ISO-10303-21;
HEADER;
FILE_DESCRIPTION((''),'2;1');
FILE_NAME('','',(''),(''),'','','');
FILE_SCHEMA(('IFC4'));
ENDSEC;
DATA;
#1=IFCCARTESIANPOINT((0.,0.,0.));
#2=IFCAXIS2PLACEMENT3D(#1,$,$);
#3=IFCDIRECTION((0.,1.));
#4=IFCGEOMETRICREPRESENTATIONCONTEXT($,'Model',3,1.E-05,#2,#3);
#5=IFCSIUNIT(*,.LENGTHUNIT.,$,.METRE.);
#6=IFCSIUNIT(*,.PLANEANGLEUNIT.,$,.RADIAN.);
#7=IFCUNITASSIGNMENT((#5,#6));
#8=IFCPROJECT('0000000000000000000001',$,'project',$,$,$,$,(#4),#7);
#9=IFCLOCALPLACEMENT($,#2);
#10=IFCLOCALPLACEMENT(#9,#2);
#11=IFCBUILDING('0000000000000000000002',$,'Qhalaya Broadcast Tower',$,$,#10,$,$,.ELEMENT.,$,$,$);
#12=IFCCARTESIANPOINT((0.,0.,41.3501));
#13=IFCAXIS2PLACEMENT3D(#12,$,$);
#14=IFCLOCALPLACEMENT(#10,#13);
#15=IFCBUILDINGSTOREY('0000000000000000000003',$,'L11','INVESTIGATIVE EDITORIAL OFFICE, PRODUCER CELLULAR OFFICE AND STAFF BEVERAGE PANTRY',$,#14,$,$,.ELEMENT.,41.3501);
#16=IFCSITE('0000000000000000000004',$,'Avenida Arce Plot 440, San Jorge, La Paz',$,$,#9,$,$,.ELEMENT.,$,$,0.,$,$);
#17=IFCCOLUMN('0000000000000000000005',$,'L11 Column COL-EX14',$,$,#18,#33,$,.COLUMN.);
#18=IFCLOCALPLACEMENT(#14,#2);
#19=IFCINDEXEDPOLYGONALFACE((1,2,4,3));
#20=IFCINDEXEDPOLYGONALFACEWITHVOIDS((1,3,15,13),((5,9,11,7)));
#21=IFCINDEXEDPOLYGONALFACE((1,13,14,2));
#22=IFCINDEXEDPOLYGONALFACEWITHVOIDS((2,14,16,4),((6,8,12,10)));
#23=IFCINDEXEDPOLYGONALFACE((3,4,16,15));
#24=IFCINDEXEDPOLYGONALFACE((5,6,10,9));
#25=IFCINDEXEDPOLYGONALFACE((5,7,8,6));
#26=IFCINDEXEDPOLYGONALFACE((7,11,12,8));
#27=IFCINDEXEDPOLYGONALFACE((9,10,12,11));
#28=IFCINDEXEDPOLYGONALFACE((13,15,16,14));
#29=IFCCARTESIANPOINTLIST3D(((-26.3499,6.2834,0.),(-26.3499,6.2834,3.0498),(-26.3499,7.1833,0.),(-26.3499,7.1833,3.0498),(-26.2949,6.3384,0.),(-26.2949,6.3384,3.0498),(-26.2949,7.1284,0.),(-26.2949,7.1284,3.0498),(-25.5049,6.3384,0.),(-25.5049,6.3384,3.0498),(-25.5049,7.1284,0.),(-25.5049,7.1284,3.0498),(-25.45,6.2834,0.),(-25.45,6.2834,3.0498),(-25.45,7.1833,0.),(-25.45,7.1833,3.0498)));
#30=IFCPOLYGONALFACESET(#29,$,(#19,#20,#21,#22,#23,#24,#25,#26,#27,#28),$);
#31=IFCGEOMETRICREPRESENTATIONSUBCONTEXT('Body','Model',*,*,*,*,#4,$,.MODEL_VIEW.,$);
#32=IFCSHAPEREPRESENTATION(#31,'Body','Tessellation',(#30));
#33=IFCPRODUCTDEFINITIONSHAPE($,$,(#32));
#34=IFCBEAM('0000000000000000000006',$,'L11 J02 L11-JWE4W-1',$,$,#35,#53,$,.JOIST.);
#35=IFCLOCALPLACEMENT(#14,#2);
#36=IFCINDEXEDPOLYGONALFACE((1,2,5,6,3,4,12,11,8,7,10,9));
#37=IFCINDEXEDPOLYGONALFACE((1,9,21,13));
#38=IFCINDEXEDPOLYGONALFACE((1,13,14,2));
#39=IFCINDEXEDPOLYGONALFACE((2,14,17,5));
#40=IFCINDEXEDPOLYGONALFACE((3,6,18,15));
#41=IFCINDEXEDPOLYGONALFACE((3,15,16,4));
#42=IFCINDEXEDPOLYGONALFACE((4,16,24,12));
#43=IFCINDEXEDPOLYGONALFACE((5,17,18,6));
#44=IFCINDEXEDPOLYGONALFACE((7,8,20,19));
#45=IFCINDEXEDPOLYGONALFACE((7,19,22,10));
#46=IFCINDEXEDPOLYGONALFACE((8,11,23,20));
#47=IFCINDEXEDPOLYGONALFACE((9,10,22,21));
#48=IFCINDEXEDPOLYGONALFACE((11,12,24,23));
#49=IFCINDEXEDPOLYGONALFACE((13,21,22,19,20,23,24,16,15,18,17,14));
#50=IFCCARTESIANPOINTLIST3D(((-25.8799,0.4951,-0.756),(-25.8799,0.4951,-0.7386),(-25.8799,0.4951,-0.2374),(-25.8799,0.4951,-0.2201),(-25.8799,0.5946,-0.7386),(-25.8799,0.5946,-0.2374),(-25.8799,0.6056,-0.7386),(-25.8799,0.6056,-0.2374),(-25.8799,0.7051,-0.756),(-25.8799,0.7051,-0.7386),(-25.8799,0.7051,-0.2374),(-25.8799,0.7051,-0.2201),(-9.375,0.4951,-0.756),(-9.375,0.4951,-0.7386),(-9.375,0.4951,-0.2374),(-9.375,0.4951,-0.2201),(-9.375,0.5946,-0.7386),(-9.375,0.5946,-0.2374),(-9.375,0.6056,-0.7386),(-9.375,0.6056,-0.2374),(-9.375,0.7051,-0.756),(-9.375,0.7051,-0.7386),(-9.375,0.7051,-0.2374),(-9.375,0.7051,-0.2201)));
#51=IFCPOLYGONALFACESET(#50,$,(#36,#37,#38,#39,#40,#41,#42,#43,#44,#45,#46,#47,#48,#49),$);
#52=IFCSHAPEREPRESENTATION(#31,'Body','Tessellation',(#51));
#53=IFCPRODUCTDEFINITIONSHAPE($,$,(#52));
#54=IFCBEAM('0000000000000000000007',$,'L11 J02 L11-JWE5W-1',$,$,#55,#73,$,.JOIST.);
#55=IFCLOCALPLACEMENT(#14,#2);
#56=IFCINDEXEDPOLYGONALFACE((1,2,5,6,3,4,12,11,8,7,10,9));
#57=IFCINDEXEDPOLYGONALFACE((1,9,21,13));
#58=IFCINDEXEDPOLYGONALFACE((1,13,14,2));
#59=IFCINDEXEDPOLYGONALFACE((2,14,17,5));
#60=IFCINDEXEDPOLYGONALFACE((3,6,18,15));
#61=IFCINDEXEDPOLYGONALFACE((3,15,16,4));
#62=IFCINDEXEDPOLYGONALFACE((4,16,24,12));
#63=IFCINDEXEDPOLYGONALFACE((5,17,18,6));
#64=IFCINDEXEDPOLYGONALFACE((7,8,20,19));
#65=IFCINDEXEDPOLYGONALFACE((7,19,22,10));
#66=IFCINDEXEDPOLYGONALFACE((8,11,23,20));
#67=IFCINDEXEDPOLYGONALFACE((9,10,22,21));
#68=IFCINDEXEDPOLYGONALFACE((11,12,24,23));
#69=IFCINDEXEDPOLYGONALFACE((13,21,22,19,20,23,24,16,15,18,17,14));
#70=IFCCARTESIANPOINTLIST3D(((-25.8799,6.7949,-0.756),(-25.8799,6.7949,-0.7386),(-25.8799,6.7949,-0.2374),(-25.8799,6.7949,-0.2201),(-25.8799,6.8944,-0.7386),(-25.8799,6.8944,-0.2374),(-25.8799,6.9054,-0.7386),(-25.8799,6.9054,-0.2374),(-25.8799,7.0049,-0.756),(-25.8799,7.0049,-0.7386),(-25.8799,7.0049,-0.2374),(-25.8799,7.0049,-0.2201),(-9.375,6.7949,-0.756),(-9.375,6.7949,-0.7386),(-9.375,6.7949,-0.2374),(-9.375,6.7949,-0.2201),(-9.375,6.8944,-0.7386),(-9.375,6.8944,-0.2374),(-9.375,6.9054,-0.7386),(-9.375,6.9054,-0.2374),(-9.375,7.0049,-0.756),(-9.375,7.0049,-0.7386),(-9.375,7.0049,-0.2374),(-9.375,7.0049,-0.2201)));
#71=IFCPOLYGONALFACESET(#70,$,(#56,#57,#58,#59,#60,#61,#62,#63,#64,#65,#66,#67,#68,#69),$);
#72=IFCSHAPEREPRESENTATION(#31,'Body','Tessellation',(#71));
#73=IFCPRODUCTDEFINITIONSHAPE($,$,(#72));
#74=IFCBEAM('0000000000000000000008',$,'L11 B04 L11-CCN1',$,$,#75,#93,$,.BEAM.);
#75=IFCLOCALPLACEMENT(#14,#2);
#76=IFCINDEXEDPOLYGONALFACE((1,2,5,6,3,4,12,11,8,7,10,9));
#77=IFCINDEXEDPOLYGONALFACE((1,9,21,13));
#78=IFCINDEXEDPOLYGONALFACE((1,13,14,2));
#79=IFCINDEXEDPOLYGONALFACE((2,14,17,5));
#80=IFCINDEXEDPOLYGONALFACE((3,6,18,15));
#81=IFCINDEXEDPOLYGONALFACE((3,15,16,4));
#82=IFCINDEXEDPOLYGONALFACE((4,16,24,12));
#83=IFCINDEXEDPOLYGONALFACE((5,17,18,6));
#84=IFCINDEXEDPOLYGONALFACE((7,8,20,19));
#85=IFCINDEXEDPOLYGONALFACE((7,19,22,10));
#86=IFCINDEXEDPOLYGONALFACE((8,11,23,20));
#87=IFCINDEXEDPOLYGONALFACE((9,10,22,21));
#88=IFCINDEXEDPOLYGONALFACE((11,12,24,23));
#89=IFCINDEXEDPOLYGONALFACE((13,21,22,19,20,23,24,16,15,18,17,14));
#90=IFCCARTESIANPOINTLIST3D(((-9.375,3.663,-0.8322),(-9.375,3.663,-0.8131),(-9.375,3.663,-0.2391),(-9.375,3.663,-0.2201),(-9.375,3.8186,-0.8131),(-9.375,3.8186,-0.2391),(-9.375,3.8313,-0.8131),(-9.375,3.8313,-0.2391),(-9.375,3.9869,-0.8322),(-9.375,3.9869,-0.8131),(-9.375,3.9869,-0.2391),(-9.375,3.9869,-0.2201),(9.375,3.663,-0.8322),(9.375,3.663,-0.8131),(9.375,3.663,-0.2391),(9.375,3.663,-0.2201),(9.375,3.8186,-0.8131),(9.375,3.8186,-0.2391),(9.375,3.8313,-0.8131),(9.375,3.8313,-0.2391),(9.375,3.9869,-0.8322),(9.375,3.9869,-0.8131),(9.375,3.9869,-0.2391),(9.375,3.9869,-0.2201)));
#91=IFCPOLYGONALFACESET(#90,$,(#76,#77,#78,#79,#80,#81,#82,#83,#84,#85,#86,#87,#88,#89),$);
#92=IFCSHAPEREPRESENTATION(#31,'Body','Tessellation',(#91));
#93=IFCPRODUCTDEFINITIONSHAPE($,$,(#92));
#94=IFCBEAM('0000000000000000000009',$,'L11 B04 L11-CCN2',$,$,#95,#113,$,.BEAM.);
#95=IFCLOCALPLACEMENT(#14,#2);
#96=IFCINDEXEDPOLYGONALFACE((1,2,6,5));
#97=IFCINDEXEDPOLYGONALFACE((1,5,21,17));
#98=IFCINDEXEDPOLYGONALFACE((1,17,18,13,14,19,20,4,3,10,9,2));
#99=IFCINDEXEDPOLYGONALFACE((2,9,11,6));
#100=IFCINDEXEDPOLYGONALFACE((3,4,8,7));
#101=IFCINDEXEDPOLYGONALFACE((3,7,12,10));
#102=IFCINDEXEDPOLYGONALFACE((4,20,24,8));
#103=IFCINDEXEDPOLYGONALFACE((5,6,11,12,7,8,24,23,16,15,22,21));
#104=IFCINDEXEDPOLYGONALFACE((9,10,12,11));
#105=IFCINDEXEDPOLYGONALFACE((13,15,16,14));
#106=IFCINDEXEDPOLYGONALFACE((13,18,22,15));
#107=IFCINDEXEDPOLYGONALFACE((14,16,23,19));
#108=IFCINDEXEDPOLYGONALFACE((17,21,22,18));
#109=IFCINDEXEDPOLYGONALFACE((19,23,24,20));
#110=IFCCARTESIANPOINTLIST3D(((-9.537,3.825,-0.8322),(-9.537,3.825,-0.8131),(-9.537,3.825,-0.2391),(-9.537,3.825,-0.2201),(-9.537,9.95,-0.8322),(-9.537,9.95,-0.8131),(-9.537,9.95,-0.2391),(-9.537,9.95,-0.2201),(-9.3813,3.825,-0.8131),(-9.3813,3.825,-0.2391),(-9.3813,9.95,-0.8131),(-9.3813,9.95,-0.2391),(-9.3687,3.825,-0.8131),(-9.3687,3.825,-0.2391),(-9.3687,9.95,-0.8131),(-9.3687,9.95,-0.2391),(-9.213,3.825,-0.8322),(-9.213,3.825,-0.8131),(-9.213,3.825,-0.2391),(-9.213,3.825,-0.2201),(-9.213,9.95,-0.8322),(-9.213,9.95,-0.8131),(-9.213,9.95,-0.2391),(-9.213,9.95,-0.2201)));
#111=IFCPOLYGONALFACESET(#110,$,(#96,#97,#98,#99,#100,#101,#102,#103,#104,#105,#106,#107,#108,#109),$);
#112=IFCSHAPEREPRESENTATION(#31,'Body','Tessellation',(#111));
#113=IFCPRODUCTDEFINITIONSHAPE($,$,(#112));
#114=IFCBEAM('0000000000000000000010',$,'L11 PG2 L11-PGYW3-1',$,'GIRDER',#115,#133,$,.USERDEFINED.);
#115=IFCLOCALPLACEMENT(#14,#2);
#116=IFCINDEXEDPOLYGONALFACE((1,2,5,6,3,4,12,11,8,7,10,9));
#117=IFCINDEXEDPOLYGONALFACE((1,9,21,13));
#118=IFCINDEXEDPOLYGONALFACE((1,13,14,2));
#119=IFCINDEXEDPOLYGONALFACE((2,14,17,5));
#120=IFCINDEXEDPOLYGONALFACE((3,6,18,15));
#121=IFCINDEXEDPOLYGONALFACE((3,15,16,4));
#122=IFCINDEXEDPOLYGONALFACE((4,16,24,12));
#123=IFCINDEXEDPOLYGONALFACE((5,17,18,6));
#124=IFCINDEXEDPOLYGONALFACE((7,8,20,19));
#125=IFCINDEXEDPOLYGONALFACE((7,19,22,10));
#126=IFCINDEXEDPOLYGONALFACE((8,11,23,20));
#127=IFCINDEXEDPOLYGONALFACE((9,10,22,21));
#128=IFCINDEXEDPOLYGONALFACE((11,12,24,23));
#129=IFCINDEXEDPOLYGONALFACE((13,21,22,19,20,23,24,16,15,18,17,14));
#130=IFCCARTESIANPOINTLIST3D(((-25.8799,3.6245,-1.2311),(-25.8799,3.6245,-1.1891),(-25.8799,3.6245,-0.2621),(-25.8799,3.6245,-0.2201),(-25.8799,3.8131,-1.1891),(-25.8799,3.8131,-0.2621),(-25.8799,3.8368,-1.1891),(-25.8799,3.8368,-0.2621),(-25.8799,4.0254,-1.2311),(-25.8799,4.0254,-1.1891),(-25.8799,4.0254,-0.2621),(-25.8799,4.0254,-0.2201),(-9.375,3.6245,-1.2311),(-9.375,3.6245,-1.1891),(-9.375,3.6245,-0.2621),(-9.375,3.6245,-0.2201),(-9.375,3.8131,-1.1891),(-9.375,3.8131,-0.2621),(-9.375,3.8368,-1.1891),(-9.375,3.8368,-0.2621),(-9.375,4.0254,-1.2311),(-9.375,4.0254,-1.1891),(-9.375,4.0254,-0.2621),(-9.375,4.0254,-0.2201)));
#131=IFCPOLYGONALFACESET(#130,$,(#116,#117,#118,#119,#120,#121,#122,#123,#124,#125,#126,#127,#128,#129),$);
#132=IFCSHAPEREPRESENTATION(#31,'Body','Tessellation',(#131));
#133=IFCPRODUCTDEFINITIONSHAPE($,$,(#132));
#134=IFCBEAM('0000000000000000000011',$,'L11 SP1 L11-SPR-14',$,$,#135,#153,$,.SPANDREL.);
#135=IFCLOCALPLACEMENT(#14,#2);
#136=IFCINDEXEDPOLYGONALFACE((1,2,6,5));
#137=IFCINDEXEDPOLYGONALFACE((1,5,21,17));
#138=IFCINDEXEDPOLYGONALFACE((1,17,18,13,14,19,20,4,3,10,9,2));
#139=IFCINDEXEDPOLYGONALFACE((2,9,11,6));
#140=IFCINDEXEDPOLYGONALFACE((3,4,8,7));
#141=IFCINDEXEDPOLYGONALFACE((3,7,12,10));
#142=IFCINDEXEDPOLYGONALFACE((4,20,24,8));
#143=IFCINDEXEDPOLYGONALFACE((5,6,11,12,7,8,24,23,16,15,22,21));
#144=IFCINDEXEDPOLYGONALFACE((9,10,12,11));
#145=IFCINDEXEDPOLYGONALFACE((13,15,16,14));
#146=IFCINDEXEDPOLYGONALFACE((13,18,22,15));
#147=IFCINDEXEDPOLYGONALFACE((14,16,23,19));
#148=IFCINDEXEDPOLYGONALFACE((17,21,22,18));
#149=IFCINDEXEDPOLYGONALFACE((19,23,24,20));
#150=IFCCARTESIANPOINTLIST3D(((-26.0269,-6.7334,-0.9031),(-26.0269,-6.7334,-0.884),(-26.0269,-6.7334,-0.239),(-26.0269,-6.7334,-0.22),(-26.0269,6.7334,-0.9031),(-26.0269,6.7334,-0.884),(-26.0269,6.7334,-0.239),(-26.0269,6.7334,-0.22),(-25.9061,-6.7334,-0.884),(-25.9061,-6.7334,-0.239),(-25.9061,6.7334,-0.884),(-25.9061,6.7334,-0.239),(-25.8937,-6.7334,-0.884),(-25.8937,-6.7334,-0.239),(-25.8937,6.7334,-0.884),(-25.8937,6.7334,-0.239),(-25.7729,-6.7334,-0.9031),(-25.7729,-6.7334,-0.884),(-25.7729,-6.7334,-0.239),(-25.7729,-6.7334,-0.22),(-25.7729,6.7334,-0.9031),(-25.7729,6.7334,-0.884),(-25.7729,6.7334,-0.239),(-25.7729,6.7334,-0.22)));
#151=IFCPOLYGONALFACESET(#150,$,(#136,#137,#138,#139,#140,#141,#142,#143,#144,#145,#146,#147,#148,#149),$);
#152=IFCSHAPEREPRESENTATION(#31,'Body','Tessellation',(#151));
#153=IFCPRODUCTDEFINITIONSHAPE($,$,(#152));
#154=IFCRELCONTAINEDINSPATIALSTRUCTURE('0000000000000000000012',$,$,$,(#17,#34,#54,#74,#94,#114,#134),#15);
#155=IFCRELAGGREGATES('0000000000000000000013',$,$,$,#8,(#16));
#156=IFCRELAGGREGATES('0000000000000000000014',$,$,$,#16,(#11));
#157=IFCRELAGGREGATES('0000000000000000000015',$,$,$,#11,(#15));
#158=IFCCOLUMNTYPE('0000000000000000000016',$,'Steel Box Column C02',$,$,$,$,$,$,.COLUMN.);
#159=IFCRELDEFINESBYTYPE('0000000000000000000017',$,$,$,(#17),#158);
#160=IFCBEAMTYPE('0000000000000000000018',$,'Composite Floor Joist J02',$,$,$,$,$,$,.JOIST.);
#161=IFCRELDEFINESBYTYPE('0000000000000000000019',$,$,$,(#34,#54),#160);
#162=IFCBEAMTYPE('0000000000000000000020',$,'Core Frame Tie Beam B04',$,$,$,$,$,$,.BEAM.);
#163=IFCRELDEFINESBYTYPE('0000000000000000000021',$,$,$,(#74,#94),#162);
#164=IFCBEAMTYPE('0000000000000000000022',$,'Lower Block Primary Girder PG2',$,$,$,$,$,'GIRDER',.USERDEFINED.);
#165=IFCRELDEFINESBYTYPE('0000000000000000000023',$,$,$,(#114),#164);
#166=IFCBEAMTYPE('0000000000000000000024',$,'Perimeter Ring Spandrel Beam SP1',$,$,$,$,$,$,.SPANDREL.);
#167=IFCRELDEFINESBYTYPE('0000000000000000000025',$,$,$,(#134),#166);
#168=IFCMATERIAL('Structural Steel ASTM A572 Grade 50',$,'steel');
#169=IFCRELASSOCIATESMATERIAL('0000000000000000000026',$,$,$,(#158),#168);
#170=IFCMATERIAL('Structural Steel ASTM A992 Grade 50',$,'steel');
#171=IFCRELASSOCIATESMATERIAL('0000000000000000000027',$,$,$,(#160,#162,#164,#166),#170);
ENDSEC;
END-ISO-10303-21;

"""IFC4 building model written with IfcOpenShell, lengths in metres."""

from ifc_helpers import new_model, si_unit, direction, frame, origin, origin_2d, place, context, subcontext, project, spatial, hollow_rectangle, i_section, extrude, material, material_profile, profile_set, type_object, element, save


model = new_model("IFC4")

# Units and contexts
model_context = context("Model", 3, precision=1e-05, world=origin(), true_north=direction((0.0, 1.0)))
body_context = subcontext(model_context, "Body", "Model", "MODEL_VIEW")
ifc_project = project(units=[si_unit("LENGTHUNIT", "METRE"), si_unit("PLANEANGLEUNIT", "RADIAN")], contexts=[model_context])

# Site, building, storey
site_placement = place(None, origin())
site = spatial("IfcSite", under=ifc_project, at=site_placement, Name="Avenida Arce Plot 440, San Jorge, La Paz", CompositionType="ELEMENT", RefElevation=0.0)
building_placement = place(site_placement, origin())
building = spatial("IfcBuilding", under=site, at=building_placement, Name="Qhalaya Broadcast Tower", CompositionType="ELEMENT")
storey_placement = place(building_placement, frame((0.0, 0.0, 41.3501)))
storey = spatial("IfcBuildingStorey", under=building, at=storey_placement, Name="L11", Description="INVESTIGATIVE EDITORIAL OFFICE, PRODUCER CELLULAR OFFICE AND STAFF BEVERAGE PANTRY", CompositionType="ELEMENT", Elevation=41.3501)

# Column
ifc_material_1 = material(Name="Structural Steel ASTM A572 Grade 50", Category="steel")
ifc_material_profile_1 = material_profile(ifc_material_1, hollow_rectangle(XDim=0.8999, YDim=0.8999, WallThickness=0.0549, at=origin_2d()), Name="BOX 900x900x55")
ifc_profile_set_1 = profile_set([ifc_material_profile_1], Name="Structural Steel ASTM A572 Grade 50")
column_type = type_object("IfcColumnType", Name="Steel Box Column C02", PredefinedType="COLUMN", material=ifc_profile_set_1)
column_placement = place(storey_placement, frame((-25.8999, 6.7334, 0.0), z_axis=(0.0, 0.0, 1.0), x_axis=(0.0, 1.0, 0.0)))
element("IfcColumn", 1, at=column_placement, inside=storey, type_object=column_type, Name="L11 Column COL-EX14", PredefinedType="COLUMN", context=body_context, shape_type="SweptSolid", body=[
    extrude(hollow_rectangle(XDim=0.8999, YDim=0.8999, WallThickness=0.0549, at=origin_2d()), origin(), (0.0, 0.0, 1.0), 3.0498),
])

# Beams
ifc_material_2 = material(Name="Structural Steel ASTM A992 Grade 50", Category="steel")
ifc_material_profile_2 = material_profile(ifc_material_2, i_section(OverallWidth=0.21, OverallDepth=0.5359, WebThickness=0.011, FlangeThickness=0.0173, at=origin_2d()), Name="W21X68")
ifc_profile_set_2 = profile_set([ifc_material_profile_2], Name="Structural Steel ASTM A992 Grade 50")
beam_type_1 = type_object("IfcBeamType", Name="Composite Floor Joist J02", PredefinedType="JOIST", material=ifc_profile_set_2)
for number, where, z_axis, x_axis, name in (
    (2, (-25.8799, 0.6001, -0.488), (1.0, 0.0, 0.0), (0.0, 1.0, 0.0), "L11 J02 L11-JWE4W-1"),
    (3, (-25.8799, 6.8999, -0.488), (1.0, 0.0, 0.0), (0.0, 1.0, 0.0), "L11 J02 L11-JWE5W-1"),
):
    element("IfcBeam", number, at=place(storey_placement, frame(where, z_axis=z_axis, x_axis=x_axis)), inside=storey, type_object=beam_type_1, Name=name, PredefinedType="JOIST", context=body_context, shape_type="SweptSolid", body=[
        extrude(i_section(OverallWidth=0.21, OverallDepth=0.5359, WebThickness=0.011, FlangeThickness=0.0173, at=origin_2d()), origin(), (0.0, 0.0, 1.0), 16.5049),
    ])
ifc_material_profile_3 = material_profile(ifc_material_2, i_section(OverallWidth=0.324, OverallDepth=0.6121, WebThickness=0.0127, FlangeThickness=0.019, at=origin_2d()), Name="W24X104")
ifc_profile_set_3 = profile_set([ifc_material_profile_3], Name="Structural Steel ASTM A992 Grade 50")
beam_type_2 = type_object("IfcBeamType", Name="Core Frame Tie Beam B04", PredefinedType="BEAM", material=ifc_profile_set_3)
beam_1_placement = place(storey_placement, frame((-9.375, 3.825, -0.5261), z_axis=(1.0, 0.0, 0.0), x_axis=(0.0, 1.0, 0.0)))
element("IfcBeam", 4, at=beam_1_placement, inside=storey, type_object=beam_type_2, Name="L11 B04 L11-CCN1", PredefinedType="BEAM", context=body_context, shape_type="SweptSolid", body=[
    extrude(i_section(OverallWidth=0.324, OverallDepth=0.6121, WebThickness=0.0127, FlangeThickness=0.019, at=origin_2d()), origin(), (0.0, 0.0, 1.0), 18.75),
])
beam_2_placement = place(storey_placement, frame((-9.375, 3.825, -0.5261), z_axis=(0.0, 1.0, 0.0), x_axis=(-1.0, 0.0, 0.0)))
element("IfcBeam", 5, at=beam_2_placement, inside=storey, type_object=beam_type_2, Name="L11 B04 L11-CCN2", PredefinedType="BEAM", context=body_context, shape_type="SweptSolid", body=[
    extrude(i_section(OverallWidth=0.324, OverallDepth=0.6121, WebThickness=0.0127, FlangeThickness=0.019, at=origin_2d()), origin(), (0.0, 0.0, 1.0), 6.125),
])
ifc_material_profile_4 = material_profile(ifc_material_2, i_section(OverallWidth=0.4009, OverallDepth=1.011, WebThickness=0.0237, FlangeThickness=0.042, at=origin_2d()), Name="W40X297")
ifc_profile_set_4 = profile_set([ifc_material_profile_4], Name="Structural Steel ASTM A992 Grade 50")
beam_type_3 = type_object("IfcBeamType", Name="Lower Block Primary Girder PG2", ElementType="GIRDER", PredefinedType="USERDEFINED", material=ifc_profile_set_4)
beam_3_placement = place(storey_placement, frame((-25.8799, 3.825, -0.7256), z_axis=(1.0, 0.0, 0.0), x_axis=(0.0, 1.0, 0.0)))
element("IfcBeam", 6, at=beam_3_placement, inside=storey, type_object=beam_type_3, Name="L11 PG2 L11-PGYW3-1", ObjectType="GIRDER", PredefinedType="USERDEFINED", context=body_context, shape_type="SweptSolid", body=[
    extrude(i_section(OverallWidth=0.4009, OverallDepth=1.011, WebThickness=0.0237, FlangeThickness=0.042, at=origin_2d()), origin(), (0.0, 0.0, 1.0), 16.5049),
])
ifc_material_profile_5 = material_profile(ifc_material_2, i_section(OverallWidth=0.2539, OverallDepth=0.6831, WebThickness=0.0125, FlangeThickness=0.019, at=origin_2d()), Name="W27X94")
ifc_profile_set_5 = profile_set([ifc_material_profile_5], Name="Structural Steel ASTM A992 Grade 50")
beam_type_4 = type_object("IfcBeamType", Name="Perimeter Ring Spandrel Beam SP1", PredefinedType="SPANDREL", material=ifc_profile_set_5)
beam_4_placement = place(storey_placement, frame((-25.8999, 6.7334, -0.5615), z_axis=(0.0, -1.0, 0.0), x_axis=(1.0, 0.0, 0.0)))
element("IfcBeam", 7, at=beam_4_placement, inside=storey, type_object=beam_type_4, Name="L11 SP1 L11-SPR-14", PredefinedType="SPANDREL", context=body_context, shape_type="SweptSolid", body=[
    extrude(i_section(OverallWidth=0.2539, OverallDepth=0.6831, WebThickness=0.0125, FlangeThickness=0.019, at=origin_2d()), origin(), (0.0, 0.0, 1.0), 13.4668),
])

save(model, "model.ifc")
